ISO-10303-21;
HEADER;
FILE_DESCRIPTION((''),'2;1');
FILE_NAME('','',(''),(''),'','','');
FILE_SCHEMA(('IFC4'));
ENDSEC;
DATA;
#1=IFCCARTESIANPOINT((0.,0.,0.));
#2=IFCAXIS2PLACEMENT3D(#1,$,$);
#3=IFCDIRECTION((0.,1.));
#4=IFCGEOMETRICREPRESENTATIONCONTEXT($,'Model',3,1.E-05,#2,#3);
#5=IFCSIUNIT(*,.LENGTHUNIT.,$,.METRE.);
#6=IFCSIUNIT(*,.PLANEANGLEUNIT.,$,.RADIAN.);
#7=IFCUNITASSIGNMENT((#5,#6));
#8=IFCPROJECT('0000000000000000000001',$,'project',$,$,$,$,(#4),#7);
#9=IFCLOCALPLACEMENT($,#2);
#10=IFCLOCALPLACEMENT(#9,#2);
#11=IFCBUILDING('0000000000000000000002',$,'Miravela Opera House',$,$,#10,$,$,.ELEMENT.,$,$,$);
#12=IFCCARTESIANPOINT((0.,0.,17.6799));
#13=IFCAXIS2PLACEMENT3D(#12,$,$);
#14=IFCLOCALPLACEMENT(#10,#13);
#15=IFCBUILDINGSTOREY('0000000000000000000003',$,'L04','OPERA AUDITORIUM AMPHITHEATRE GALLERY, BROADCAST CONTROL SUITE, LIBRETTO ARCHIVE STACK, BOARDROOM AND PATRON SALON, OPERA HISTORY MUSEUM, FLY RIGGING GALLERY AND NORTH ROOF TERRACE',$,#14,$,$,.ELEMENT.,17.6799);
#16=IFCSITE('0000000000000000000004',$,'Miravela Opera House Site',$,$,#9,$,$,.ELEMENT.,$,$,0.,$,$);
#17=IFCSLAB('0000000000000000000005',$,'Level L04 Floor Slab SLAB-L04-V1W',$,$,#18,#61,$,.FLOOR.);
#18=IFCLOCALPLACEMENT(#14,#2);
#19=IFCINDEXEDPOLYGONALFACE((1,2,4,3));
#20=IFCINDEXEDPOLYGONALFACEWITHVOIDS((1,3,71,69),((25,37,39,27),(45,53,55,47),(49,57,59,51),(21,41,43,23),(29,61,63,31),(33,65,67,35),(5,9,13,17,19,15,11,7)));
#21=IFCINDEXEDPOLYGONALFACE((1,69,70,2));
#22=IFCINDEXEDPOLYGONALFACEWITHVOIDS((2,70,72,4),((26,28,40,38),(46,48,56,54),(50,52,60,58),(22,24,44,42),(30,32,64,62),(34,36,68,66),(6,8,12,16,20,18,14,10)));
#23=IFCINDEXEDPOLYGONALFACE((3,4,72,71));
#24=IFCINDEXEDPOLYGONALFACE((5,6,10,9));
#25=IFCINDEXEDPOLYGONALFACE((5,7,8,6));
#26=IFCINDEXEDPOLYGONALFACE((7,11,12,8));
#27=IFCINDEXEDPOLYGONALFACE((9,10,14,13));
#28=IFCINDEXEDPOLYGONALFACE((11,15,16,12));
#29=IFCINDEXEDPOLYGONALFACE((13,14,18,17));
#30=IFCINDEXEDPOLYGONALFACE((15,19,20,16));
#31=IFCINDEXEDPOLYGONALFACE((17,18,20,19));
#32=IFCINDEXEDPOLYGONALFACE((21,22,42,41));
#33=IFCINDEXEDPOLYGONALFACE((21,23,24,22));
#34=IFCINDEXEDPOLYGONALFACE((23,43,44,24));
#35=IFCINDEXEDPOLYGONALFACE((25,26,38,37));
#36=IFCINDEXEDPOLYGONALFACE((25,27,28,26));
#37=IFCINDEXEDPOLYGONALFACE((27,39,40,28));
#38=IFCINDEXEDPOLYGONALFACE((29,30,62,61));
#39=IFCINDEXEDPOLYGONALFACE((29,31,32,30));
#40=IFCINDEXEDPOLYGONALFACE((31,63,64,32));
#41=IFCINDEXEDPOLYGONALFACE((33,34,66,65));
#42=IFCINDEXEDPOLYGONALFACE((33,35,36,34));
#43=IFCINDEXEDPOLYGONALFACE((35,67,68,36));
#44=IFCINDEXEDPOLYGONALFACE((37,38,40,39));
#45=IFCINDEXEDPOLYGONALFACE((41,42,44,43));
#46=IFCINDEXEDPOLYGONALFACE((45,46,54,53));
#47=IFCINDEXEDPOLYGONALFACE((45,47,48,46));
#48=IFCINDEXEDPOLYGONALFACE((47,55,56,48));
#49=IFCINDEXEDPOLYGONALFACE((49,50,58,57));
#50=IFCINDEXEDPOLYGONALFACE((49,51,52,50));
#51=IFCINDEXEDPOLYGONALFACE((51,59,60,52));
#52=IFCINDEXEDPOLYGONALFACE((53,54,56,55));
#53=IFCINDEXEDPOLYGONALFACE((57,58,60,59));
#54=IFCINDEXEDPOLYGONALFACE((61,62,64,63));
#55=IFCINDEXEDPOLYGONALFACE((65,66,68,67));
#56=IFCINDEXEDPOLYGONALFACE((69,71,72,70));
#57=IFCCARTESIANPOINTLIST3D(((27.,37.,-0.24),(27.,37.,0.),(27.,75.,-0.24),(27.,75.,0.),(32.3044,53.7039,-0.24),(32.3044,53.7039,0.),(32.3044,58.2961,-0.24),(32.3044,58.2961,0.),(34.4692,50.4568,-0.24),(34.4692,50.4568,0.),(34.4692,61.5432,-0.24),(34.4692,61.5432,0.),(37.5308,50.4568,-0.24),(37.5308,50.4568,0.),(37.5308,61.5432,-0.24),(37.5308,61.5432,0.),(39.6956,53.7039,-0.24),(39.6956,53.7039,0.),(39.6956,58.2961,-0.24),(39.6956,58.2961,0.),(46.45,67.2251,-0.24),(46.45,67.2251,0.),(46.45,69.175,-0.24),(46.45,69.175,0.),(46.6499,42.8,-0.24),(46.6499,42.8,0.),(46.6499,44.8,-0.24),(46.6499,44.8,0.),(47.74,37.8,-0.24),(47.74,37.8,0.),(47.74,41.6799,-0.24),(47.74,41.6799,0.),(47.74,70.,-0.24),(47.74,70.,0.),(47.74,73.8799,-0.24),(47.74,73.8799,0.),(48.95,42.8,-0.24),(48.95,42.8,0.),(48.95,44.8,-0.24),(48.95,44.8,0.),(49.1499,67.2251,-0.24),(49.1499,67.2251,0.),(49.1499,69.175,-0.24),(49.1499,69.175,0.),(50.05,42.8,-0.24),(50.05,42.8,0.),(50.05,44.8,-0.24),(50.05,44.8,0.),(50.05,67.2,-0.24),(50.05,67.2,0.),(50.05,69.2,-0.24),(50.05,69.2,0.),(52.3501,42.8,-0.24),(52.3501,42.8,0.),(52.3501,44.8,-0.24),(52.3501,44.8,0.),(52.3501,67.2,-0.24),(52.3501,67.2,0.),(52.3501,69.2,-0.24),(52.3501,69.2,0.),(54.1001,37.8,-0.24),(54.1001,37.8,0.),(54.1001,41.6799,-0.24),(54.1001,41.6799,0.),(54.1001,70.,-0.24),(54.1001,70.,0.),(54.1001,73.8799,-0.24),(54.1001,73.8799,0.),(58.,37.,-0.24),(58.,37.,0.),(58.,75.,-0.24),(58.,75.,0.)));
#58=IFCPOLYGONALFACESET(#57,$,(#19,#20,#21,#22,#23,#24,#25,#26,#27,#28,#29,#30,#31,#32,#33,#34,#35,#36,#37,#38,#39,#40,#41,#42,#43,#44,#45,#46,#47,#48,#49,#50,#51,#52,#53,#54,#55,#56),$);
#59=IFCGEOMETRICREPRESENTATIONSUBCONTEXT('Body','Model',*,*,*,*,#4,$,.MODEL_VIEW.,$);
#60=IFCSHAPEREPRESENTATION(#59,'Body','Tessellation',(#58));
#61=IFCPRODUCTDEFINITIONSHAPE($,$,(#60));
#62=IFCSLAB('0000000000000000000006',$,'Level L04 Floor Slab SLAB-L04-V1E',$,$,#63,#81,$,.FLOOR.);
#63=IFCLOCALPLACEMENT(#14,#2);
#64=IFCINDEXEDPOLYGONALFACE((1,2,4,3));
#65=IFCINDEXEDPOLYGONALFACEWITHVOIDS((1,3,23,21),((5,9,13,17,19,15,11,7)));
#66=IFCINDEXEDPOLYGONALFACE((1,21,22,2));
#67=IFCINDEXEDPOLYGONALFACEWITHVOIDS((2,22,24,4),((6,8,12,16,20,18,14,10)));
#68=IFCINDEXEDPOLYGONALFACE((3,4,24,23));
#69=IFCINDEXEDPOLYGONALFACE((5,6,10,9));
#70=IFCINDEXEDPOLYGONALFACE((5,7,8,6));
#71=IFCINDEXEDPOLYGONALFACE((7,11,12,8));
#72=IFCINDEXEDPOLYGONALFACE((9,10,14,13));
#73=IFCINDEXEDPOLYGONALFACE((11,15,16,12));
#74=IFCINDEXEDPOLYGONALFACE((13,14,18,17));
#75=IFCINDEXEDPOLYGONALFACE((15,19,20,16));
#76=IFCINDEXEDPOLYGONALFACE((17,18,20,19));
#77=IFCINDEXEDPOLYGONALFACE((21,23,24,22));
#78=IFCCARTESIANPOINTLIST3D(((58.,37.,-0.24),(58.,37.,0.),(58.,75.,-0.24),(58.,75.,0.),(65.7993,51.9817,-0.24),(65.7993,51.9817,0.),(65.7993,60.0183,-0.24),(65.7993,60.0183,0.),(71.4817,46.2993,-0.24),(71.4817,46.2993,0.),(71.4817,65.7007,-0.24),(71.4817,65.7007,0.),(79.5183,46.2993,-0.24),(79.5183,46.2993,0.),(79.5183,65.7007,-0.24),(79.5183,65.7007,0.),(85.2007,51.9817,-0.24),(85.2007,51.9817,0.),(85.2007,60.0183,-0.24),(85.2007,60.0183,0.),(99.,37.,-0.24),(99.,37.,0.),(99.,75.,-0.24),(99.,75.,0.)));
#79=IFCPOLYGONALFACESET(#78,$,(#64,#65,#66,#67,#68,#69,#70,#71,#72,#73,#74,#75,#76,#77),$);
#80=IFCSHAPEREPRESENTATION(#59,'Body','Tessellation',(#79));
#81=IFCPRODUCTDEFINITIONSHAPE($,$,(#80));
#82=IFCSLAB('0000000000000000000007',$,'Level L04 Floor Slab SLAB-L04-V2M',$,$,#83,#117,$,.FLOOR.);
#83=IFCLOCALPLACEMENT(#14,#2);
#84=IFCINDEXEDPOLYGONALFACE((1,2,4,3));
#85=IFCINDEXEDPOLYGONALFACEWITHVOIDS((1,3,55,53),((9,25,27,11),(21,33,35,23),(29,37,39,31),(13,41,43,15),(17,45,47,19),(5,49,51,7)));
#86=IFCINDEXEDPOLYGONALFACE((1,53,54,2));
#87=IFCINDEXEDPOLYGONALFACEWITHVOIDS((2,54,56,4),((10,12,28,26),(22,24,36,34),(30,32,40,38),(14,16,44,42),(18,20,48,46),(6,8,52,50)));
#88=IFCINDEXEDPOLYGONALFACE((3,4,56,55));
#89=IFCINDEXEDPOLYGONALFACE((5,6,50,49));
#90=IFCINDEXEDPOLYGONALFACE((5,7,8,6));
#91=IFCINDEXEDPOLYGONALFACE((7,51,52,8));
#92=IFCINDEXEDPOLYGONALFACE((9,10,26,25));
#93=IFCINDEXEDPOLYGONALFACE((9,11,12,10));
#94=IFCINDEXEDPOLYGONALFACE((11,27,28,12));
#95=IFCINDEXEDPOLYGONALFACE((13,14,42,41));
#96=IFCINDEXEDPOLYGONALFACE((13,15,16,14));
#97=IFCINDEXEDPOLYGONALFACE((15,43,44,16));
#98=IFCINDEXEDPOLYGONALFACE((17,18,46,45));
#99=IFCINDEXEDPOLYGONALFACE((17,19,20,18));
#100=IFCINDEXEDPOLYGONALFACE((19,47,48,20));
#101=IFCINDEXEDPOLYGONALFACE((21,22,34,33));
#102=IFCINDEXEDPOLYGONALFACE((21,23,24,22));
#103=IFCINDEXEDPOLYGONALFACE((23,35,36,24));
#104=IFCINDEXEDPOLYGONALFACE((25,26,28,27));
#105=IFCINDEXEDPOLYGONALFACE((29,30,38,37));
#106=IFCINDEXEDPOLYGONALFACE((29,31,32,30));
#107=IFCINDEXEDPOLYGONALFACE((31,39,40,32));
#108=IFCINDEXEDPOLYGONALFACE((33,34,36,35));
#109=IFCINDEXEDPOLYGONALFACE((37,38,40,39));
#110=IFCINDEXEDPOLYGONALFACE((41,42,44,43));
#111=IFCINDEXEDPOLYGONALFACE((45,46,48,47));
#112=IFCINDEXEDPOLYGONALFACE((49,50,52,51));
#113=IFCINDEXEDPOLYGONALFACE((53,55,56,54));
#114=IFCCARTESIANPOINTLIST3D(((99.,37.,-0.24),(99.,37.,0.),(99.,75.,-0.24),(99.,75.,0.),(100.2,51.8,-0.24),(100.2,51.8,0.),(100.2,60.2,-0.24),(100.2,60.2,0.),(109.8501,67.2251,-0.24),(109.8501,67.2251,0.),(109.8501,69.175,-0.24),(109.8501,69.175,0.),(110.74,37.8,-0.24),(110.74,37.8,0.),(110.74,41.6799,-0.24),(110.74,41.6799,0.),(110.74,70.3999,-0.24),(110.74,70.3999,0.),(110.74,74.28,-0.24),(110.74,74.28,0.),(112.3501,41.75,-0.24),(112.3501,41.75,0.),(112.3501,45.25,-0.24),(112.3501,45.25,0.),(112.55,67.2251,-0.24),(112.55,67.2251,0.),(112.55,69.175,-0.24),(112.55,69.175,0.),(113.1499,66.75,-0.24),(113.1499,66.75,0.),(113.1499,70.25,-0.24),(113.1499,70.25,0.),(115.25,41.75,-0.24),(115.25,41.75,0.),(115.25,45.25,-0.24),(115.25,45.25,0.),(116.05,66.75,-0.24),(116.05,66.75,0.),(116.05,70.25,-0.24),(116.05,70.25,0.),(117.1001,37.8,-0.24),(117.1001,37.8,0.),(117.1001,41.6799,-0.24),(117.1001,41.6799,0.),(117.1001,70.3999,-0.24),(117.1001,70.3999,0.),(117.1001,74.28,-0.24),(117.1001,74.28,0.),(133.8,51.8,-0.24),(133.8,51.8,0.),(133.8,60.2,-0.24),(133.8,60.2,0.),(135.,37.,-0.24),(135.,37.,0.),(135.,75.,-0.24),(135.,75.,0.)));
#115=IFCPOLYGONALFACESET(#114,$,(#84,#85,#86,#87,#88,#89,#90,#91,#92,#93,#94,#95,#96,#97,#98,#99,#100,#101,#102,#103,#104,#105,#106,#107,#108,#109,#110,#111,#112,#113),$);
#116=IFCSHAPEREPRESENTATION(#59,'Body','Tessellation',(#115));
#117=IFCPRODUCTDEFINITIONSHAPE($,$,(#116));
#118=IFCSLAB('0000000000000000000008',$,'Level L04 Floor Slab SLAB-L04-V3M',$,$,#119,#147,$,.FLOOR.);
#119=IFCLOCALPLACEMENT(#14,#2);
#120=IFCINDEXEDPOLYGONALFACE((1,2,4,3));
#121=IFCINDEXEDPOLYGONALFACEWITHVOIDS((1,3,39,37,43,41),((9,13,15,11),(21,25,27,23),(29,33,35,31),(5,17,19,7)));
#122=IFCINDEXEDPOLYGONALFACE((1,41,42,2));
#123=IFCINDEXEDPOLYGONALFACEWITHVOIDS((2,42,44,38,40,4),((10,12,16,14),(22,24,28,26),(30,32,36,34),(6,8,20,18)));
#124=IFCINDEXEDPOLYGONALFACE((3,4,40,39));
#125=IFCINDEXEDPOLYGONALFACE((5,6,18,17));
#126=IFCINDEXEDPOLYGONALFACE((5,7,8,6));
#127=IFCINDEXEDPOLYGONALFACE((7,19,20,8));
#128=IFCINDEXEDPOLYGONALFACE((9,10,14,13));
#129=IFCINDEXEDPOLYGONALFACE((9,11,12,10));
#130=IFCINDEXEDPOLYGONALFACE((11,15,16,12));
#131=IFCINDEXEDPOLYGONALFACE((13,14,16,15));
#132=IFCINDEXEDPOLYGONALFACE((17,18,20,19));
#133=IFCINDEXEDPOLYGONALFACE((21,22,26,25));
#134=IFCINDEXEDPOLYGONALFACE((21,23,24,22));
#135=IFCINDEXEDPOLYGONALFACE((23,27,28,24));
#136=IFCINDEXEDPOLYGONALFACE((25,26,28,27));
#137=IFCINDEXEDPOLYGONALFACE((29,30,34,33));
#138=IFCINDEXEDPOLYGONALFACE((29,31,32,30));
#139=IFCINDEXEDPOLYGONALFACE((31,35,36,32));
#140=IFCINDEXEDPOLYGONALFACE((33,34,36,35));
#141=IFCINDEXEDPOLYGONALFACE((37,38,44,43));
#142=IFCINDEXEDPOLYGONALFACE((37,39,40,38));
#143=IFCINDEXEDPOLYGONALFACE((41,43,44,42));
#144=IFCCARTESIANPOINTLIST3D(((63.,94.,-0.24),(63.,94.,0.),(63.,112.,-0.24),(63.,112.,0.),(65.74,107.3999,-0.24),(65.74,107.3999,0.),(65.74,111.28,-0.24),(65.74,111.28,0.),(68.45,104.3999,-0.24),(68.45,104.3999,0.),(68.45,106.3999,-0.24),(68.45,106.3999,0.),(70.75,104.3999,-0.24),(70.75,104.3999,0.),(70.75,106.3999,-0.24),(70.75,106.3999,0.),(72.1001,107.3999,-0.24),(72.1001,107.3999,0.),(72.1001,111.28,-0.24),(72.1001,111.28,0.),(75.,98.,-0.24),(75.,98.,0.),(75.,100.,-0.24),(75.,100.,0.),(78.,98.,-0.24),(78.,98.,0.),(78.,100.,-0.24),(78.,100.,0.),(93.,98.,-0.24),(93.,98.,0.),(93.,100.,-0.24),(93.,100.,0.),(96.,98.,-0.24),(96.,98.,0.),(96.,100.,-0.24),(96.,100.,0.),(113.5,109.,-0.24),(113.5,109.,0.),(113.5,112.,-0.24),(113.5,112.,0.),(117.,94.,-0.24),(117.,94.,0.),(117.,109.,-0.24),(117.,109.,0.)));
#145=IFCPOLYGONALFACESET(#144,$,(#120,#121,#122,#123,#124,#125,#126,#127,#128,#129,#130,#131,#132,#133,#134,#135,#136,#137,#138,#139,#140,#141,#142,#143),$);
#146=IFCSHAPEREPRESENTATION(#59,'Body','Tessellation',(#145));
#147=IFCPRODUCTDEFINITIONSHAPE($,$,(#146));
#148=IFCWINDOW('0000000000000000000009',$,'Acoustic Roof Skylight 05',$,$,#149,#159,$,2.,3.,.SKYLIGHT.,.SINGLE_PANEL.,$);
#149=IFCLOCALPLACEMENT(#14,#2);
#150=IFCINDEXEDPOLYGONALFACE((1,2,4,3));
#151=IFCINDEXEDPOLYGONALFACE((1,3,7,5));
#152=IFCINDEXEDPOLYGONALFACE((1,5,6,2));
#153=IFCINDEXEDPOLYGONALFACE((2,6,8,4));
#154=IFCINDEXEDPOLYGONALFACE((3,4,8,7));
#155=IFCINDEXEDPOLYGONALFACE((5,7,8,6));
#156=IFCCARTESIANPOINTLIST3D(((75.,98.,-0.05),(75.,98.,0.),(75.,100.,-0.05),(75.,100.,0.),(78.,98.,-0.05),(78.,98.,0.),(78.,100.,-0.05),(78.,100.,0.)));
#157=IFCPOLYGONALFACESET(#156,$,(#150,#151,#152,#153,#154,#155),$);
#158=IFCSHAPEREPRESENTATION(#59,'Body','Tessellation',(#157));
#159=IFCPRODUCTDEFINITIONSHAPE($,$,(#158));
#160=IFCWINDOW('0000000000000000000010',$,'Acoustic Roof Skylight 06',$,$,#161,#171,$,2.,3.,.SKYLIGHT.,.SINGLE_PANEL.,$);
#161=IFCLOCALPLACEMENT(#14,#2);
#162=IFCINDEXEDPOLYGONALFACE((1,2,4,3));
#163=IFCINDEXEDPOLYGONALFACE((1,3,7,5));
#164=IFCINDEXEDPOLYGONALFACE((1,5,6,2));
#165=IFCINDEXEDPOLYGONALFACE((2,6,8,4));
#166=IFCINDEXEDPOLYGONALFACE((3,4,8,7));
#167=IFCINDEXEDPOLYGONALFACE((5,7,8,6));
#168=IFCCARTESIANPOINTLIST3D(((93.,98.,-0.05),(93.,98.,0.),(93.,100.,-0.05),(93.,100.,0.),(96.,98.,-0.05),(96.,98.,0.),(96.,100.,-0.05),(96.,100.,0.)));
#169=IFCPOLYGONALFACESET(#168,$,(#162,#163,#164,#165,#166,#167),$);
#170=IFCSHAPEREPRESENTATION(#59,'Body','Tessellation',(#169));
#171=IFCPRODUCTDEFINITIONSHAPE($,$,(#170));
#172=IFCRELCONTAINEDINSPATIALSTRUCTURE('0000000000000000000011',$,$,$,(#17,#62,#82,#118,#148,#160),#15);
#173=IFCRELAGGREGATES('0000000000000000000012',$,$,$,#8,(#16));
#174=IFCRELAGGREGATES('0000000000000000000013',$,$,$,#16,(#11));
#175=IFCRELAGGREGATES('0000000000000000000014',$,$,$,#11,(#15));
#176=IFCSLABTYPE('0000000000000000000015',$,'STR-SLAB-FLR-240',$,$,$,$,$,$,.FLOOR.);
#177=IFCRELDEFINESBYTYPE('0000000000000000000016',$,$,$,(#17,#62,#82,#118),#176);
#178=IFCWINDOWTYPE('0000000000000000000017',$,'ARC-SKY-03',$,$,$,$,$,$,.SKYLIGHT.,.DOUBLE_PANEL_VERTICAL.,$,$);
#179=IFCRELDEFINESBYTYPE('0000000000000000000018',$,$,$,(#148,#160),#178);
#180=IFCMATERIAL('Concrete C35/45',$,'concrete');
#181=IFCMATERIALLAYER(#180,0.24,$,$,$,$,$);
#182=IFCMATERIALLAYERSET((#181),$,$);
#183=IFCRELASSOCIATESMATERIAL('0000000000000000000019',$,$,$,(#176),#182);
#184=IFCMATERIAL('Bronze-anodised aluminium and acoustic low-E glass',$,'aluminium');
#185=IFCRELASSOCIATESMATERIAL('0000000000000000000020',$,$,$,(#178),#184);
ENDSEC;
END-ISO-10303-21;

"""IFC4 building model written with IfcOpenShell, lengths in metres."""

from ifc_helpers import new_model, si_unit, direction, frame, origin, origin_2d, place, context, subcontext, project, spatial, polyline, rectangle, outline, extrude, material, layer, layer_set, type_object, element, fill, save


model = new_model("IFC4")

# Units and contexts
model_context = context("Model", 3, precision=1e-05, world=origin(), true_north=direction((0.0, 1.0)))
body_context = subcontext(model_context, "Body", "Model", "MODEL_VIEW")
ifc_project = project(units=[si_unit("LENGTHUNIT", "METRE"), si_unit("PLANEANGLEUNIT", "RADIAN")], contexts=[model_context])

# Site, building, storey
site_placement = place(None, origin())
site = spatial("IfcSite", under=ifc_project, at=site_placement, Name="Miravela Opera House Site", CompositionType="ELEMENT", RefElevation=0.0)
building_placement = place(site_placement, origin())
building = spatial("IfcBuilding", under=site, at=building_placement, Name="Miravela Opera House", CompositionType="ELEMENT")
storey_placement = place(building_placement, frame((0.0, 0.0, 17.6799)))
storey = spatial("IfcBuildingStorey", under=building, at=storey_placement, Name="L04", Description="OPERA AUDITORIUM AMPHITHEATRE GALLERY, BROADCAST CONTROL SUITE, LIBRETTO ARCHIVE STACK, BOARDROOM AND PATRON SALON, OPERA HISTORY MUSEUM, FLY RIGGING GALLERY AND NORTH ROOF TERRACE", CompositionType="ELEMENT", Elevation=17.6799)

# Shared definitions
ifc_material_1 = material(Name="Concrete C35/45", Category="concrete")

# Slabs
ifc_layer_1 = layer(ifc_material_1, 0.24)
ifc_layer_set_1 = layer_set([ifc_layer_1])
slab_type_1 = type_object("IfcSlabType", Name="STR-SLAB-FLR-240", PredefinedType="FLOOR", material=ifc_layer_set_1)
slab_1_placement = place(storey_placement, frame((0.0, 0.0, -0.24)))
element("IfcSlab", 1, at=slab_1_placement, inside=storey, type_object=slab_type_1, Name="Level L04 Floor Slab SLAB-L04-V1W", PredefinedType="FLOOR", context=body_context, shape_type="SweptSolid", body=[
    extrude(outline(polyline([(27.0, 37.0), (58.0, 37.0), (58.0, 75.0), (27.0, 75.0), (27.0, 37.0)]), holes=[polyline([(47.74, 70.0), (54.1001, 70.0), (54.1001, 73.8799), (47.74, 73.8799), (47.74, 70.0)]), polyline([(47.74, 37.8), (54.1001, 37.8), (54.1001, 41.6799), (47.74, 41.6799), (47.74, 37.8)]), polyline([(46.45, 67.2251), (49.1499, 67.2251), (49.1499, 69.175), (46.45, 69.175), (46.45, 67.2251)]), polyline([(50.05, 67.2), (52.3501, 67.2), (52.3501, 69.2), (50.05, 69.2), (50.05, 67.2)]), polyline([(46.6499, 42.8), (48.95, 42.8), (48.95, 44.8), (46.6499, 44.8), (46.6499, 42.8)]), polyline([(50.05, 42.8), (52.3501, 42.8), (52.3501, 44.8), (50.05, 44.8), (50.05, 42.8)]), polyline([(39.6956, 58.2961), (37.5308, 61.5432), (34.4692, 61.5432), (32.3044, 58.2961), (32.3044, 53.7039), (34.4692, 50.4568), (37.5308, 50.4568), (39.6956, 53.7039), (39.6956, 58.2961)])]), origin(), (0.0, 0.0, 1.0), 0.24),
])
slab_2_placement = place(storey_placement, frame((0.0, 0.0, -0.24)))
element("IfcSlab", 2, at=slab_2_placement, inside=storey, type_object=slab_type_1, Name="Level L04 Floor Slab SLAB-L04-V1E", PredefinedType="FLOOR", context=body_context, shape_type="SweptSolid", body=[
    extrude(outline(polyline([(58.0, 37.0), (99.0, 37.0), (99.0, 75.0), (58.0, 75.0), (58.0, 37.0)]), holes=[polyline([(85.2007, 60.0183), (79.5183, 65.7007), (71.4817, 65.7007), (65.7993, 60.0183), (65.7993, 51.9817), (71.4817, 46.2993), (79.5183, 46.2993), (85.2007, 51.9817), (85.2007, 60.0183)])]), origin(), (0.0, 0.0, 1.0), 0.24),
])
slab_3_placement = place(storey_placement, frame((0.0, 0.0, -0.24)))
element("IfcSlab", 3, at=slab_3_placement, inside=storey, type_object=slab_type_1, Name="Level L04 Floor Slab SLAB-L04-V2M", PredefinedType="FLOOR", context=body_context, shape_type="SweptSolid", body=[
    extrude(outline(polyline([(99.0, 37.0), (135.0, 37.0), (135.0, 75.0), (99.0, 75.0), (99.0, 37.0)]), holes=[polyline([(110.74, 70.3999), (117.1001, 70.3999), (117.1001, 74.28), (110.74, 74.28), (110.74, 70.3999)]), polyline([(110.74, 37.8), (117.1001, 37.8), (117.1001, 41.6799), (110.74, 41.6799), (110.74, 37.8)]), polyline([(109.8501, 67.2251), (112.55, 67.2251), (112.55, 69.175), (109.8501, 69.175), (109.8501, 67.2251)]), polyline([(113.1499, 66.75), (116.05, 66.75), (116.05, 70.25), (113.1499, 70.25), (113.1499, 66.75)]), polyline([(112.3501, 41.75), (115.25, 41.75), (115.25, 45.25), (112.3501, 45.25), (112.3501, 41.75)]), polyline([(100.2, 51.8), (133.8, 51.8), (133.8, 60.2), (100.2, 60.2), (100.2, 51.8)])]), origin(), (0.0, 0.0, 1.0), 0.24),
])

# Slab, openings, windows
slab_4_placement = place(storey_placement, frame((0.0, 0.0, -0.24)))
slab_4 = element("IfcSlab", 4, at=slab_4_placement, inside=storey, type_object=slab_type_1, Name="Level L04 Floor Slab SLAB-L04-V3M", PredefinedType="FLOOR", context=body_context, shape_type="SweptSolid", body=[
    extrude(outline(polyline([(63.0, 94.0), (117.0, 94.0), (117.0, 109.0), (113.5, 109.0), (113.5, 112.0), (63.0, 112.0), (63.0, 94.0)]), holes=[polyline([(65.74, 107.3999), (72.1001, 107.3999), (72.1001, 111.28), (65.74, 111.28), (65.74, 107.3999)]), polyline([(68.45, 104.3999), (70.75, 104.3999), (70.75, 106.3999), (68.45, 106.3999), (68.45, 104.3999)])]), origin(), (0.0, 0.0, 1.0), 0.24),
])
opening_1_placement = place(slab_4_placement, frame((76.5, 99.0, -0.01)))
opening_1 = element("IfcOpeningElement", 5, at=opening_1_placement, cuts=slab_4, PredefinedType="OPENING", context=body_context, shape_type="SweptSolid", body=[
    extrude(rectangle(XDim=3.0, YDim=2.0, at=origin_2d()), origin(), (0.0, 0.0, 1.0), 0.26),
])
opening_2_placement = place(slab_4_placement, frame((94.5, 99.0, -0.01)))
opening_2 = element("IfcOpeningElement", 6, at=opening_2_placement, cuts=slab_4, PredefinedType="OPENING", context=body_context, shape_type="SweptSolid", body=[
    extrude(rectangle(XDim=3.0, YDim=2.0, at=origin_2d()), origin(), (0.0, 0.0, 1.0), 0.26),
])
ifc_material_2 = material(Name="Bronze-anodised aluminium and acoustic low-E glass", Category="aluminium")
window_type = type_object("IfcWindowType", Name="ARC-SKY-03", PartitioningType="DOUBLE_PANEL_VERTICAL", PredefinedType="SKYLIGHT", material=ifc_material_2)
window_1_placement = place(slab_4_placement, frame((76.5, 99.0, 0.1899)))
window_1 = element("IfcWindow", 7, at=window_1_placement, inside=storey, type_object=window_type, Name="Acoustic Roof Skylight 05", OverallHeight=2.0, OverallWidth=3.0, PartitioningType="SINGLE_PANEL", PredefinedType="SKYLIGHT", context=body_context, shape_type="SweptSolid", body=[
    extrude(rectangle(XDim=3.0, YDim=2.0, at=origin_2d()), origin(), (0.0, 0.0, 1.0), 0.05),
])
fill(opening_1, window_1)
window_2_placement = place(slab_4_placement, frame((94.5, 99.0, 0.1899)))
window_2 = element("IfcWindow", 8, at=window_2_placement, inside=storey, type_object=window_type, Name="Acoustic Roof Skylight 06", OverallHeight=2.0, OverallWidth=3.0, PartitioningType="SINGLE_PANEL", PredefinedType="SKYLIGHT", context=body_context, shape_type="SweptSolid", body=[
    extrude(rectangle(XDim=3.0, YDim=2.0, at=origin_2d()), origin(), (0.0, 0.0, 1.0), 0.05),
])
fill(opening_2, window_2)

save(model, "model.ifc")
